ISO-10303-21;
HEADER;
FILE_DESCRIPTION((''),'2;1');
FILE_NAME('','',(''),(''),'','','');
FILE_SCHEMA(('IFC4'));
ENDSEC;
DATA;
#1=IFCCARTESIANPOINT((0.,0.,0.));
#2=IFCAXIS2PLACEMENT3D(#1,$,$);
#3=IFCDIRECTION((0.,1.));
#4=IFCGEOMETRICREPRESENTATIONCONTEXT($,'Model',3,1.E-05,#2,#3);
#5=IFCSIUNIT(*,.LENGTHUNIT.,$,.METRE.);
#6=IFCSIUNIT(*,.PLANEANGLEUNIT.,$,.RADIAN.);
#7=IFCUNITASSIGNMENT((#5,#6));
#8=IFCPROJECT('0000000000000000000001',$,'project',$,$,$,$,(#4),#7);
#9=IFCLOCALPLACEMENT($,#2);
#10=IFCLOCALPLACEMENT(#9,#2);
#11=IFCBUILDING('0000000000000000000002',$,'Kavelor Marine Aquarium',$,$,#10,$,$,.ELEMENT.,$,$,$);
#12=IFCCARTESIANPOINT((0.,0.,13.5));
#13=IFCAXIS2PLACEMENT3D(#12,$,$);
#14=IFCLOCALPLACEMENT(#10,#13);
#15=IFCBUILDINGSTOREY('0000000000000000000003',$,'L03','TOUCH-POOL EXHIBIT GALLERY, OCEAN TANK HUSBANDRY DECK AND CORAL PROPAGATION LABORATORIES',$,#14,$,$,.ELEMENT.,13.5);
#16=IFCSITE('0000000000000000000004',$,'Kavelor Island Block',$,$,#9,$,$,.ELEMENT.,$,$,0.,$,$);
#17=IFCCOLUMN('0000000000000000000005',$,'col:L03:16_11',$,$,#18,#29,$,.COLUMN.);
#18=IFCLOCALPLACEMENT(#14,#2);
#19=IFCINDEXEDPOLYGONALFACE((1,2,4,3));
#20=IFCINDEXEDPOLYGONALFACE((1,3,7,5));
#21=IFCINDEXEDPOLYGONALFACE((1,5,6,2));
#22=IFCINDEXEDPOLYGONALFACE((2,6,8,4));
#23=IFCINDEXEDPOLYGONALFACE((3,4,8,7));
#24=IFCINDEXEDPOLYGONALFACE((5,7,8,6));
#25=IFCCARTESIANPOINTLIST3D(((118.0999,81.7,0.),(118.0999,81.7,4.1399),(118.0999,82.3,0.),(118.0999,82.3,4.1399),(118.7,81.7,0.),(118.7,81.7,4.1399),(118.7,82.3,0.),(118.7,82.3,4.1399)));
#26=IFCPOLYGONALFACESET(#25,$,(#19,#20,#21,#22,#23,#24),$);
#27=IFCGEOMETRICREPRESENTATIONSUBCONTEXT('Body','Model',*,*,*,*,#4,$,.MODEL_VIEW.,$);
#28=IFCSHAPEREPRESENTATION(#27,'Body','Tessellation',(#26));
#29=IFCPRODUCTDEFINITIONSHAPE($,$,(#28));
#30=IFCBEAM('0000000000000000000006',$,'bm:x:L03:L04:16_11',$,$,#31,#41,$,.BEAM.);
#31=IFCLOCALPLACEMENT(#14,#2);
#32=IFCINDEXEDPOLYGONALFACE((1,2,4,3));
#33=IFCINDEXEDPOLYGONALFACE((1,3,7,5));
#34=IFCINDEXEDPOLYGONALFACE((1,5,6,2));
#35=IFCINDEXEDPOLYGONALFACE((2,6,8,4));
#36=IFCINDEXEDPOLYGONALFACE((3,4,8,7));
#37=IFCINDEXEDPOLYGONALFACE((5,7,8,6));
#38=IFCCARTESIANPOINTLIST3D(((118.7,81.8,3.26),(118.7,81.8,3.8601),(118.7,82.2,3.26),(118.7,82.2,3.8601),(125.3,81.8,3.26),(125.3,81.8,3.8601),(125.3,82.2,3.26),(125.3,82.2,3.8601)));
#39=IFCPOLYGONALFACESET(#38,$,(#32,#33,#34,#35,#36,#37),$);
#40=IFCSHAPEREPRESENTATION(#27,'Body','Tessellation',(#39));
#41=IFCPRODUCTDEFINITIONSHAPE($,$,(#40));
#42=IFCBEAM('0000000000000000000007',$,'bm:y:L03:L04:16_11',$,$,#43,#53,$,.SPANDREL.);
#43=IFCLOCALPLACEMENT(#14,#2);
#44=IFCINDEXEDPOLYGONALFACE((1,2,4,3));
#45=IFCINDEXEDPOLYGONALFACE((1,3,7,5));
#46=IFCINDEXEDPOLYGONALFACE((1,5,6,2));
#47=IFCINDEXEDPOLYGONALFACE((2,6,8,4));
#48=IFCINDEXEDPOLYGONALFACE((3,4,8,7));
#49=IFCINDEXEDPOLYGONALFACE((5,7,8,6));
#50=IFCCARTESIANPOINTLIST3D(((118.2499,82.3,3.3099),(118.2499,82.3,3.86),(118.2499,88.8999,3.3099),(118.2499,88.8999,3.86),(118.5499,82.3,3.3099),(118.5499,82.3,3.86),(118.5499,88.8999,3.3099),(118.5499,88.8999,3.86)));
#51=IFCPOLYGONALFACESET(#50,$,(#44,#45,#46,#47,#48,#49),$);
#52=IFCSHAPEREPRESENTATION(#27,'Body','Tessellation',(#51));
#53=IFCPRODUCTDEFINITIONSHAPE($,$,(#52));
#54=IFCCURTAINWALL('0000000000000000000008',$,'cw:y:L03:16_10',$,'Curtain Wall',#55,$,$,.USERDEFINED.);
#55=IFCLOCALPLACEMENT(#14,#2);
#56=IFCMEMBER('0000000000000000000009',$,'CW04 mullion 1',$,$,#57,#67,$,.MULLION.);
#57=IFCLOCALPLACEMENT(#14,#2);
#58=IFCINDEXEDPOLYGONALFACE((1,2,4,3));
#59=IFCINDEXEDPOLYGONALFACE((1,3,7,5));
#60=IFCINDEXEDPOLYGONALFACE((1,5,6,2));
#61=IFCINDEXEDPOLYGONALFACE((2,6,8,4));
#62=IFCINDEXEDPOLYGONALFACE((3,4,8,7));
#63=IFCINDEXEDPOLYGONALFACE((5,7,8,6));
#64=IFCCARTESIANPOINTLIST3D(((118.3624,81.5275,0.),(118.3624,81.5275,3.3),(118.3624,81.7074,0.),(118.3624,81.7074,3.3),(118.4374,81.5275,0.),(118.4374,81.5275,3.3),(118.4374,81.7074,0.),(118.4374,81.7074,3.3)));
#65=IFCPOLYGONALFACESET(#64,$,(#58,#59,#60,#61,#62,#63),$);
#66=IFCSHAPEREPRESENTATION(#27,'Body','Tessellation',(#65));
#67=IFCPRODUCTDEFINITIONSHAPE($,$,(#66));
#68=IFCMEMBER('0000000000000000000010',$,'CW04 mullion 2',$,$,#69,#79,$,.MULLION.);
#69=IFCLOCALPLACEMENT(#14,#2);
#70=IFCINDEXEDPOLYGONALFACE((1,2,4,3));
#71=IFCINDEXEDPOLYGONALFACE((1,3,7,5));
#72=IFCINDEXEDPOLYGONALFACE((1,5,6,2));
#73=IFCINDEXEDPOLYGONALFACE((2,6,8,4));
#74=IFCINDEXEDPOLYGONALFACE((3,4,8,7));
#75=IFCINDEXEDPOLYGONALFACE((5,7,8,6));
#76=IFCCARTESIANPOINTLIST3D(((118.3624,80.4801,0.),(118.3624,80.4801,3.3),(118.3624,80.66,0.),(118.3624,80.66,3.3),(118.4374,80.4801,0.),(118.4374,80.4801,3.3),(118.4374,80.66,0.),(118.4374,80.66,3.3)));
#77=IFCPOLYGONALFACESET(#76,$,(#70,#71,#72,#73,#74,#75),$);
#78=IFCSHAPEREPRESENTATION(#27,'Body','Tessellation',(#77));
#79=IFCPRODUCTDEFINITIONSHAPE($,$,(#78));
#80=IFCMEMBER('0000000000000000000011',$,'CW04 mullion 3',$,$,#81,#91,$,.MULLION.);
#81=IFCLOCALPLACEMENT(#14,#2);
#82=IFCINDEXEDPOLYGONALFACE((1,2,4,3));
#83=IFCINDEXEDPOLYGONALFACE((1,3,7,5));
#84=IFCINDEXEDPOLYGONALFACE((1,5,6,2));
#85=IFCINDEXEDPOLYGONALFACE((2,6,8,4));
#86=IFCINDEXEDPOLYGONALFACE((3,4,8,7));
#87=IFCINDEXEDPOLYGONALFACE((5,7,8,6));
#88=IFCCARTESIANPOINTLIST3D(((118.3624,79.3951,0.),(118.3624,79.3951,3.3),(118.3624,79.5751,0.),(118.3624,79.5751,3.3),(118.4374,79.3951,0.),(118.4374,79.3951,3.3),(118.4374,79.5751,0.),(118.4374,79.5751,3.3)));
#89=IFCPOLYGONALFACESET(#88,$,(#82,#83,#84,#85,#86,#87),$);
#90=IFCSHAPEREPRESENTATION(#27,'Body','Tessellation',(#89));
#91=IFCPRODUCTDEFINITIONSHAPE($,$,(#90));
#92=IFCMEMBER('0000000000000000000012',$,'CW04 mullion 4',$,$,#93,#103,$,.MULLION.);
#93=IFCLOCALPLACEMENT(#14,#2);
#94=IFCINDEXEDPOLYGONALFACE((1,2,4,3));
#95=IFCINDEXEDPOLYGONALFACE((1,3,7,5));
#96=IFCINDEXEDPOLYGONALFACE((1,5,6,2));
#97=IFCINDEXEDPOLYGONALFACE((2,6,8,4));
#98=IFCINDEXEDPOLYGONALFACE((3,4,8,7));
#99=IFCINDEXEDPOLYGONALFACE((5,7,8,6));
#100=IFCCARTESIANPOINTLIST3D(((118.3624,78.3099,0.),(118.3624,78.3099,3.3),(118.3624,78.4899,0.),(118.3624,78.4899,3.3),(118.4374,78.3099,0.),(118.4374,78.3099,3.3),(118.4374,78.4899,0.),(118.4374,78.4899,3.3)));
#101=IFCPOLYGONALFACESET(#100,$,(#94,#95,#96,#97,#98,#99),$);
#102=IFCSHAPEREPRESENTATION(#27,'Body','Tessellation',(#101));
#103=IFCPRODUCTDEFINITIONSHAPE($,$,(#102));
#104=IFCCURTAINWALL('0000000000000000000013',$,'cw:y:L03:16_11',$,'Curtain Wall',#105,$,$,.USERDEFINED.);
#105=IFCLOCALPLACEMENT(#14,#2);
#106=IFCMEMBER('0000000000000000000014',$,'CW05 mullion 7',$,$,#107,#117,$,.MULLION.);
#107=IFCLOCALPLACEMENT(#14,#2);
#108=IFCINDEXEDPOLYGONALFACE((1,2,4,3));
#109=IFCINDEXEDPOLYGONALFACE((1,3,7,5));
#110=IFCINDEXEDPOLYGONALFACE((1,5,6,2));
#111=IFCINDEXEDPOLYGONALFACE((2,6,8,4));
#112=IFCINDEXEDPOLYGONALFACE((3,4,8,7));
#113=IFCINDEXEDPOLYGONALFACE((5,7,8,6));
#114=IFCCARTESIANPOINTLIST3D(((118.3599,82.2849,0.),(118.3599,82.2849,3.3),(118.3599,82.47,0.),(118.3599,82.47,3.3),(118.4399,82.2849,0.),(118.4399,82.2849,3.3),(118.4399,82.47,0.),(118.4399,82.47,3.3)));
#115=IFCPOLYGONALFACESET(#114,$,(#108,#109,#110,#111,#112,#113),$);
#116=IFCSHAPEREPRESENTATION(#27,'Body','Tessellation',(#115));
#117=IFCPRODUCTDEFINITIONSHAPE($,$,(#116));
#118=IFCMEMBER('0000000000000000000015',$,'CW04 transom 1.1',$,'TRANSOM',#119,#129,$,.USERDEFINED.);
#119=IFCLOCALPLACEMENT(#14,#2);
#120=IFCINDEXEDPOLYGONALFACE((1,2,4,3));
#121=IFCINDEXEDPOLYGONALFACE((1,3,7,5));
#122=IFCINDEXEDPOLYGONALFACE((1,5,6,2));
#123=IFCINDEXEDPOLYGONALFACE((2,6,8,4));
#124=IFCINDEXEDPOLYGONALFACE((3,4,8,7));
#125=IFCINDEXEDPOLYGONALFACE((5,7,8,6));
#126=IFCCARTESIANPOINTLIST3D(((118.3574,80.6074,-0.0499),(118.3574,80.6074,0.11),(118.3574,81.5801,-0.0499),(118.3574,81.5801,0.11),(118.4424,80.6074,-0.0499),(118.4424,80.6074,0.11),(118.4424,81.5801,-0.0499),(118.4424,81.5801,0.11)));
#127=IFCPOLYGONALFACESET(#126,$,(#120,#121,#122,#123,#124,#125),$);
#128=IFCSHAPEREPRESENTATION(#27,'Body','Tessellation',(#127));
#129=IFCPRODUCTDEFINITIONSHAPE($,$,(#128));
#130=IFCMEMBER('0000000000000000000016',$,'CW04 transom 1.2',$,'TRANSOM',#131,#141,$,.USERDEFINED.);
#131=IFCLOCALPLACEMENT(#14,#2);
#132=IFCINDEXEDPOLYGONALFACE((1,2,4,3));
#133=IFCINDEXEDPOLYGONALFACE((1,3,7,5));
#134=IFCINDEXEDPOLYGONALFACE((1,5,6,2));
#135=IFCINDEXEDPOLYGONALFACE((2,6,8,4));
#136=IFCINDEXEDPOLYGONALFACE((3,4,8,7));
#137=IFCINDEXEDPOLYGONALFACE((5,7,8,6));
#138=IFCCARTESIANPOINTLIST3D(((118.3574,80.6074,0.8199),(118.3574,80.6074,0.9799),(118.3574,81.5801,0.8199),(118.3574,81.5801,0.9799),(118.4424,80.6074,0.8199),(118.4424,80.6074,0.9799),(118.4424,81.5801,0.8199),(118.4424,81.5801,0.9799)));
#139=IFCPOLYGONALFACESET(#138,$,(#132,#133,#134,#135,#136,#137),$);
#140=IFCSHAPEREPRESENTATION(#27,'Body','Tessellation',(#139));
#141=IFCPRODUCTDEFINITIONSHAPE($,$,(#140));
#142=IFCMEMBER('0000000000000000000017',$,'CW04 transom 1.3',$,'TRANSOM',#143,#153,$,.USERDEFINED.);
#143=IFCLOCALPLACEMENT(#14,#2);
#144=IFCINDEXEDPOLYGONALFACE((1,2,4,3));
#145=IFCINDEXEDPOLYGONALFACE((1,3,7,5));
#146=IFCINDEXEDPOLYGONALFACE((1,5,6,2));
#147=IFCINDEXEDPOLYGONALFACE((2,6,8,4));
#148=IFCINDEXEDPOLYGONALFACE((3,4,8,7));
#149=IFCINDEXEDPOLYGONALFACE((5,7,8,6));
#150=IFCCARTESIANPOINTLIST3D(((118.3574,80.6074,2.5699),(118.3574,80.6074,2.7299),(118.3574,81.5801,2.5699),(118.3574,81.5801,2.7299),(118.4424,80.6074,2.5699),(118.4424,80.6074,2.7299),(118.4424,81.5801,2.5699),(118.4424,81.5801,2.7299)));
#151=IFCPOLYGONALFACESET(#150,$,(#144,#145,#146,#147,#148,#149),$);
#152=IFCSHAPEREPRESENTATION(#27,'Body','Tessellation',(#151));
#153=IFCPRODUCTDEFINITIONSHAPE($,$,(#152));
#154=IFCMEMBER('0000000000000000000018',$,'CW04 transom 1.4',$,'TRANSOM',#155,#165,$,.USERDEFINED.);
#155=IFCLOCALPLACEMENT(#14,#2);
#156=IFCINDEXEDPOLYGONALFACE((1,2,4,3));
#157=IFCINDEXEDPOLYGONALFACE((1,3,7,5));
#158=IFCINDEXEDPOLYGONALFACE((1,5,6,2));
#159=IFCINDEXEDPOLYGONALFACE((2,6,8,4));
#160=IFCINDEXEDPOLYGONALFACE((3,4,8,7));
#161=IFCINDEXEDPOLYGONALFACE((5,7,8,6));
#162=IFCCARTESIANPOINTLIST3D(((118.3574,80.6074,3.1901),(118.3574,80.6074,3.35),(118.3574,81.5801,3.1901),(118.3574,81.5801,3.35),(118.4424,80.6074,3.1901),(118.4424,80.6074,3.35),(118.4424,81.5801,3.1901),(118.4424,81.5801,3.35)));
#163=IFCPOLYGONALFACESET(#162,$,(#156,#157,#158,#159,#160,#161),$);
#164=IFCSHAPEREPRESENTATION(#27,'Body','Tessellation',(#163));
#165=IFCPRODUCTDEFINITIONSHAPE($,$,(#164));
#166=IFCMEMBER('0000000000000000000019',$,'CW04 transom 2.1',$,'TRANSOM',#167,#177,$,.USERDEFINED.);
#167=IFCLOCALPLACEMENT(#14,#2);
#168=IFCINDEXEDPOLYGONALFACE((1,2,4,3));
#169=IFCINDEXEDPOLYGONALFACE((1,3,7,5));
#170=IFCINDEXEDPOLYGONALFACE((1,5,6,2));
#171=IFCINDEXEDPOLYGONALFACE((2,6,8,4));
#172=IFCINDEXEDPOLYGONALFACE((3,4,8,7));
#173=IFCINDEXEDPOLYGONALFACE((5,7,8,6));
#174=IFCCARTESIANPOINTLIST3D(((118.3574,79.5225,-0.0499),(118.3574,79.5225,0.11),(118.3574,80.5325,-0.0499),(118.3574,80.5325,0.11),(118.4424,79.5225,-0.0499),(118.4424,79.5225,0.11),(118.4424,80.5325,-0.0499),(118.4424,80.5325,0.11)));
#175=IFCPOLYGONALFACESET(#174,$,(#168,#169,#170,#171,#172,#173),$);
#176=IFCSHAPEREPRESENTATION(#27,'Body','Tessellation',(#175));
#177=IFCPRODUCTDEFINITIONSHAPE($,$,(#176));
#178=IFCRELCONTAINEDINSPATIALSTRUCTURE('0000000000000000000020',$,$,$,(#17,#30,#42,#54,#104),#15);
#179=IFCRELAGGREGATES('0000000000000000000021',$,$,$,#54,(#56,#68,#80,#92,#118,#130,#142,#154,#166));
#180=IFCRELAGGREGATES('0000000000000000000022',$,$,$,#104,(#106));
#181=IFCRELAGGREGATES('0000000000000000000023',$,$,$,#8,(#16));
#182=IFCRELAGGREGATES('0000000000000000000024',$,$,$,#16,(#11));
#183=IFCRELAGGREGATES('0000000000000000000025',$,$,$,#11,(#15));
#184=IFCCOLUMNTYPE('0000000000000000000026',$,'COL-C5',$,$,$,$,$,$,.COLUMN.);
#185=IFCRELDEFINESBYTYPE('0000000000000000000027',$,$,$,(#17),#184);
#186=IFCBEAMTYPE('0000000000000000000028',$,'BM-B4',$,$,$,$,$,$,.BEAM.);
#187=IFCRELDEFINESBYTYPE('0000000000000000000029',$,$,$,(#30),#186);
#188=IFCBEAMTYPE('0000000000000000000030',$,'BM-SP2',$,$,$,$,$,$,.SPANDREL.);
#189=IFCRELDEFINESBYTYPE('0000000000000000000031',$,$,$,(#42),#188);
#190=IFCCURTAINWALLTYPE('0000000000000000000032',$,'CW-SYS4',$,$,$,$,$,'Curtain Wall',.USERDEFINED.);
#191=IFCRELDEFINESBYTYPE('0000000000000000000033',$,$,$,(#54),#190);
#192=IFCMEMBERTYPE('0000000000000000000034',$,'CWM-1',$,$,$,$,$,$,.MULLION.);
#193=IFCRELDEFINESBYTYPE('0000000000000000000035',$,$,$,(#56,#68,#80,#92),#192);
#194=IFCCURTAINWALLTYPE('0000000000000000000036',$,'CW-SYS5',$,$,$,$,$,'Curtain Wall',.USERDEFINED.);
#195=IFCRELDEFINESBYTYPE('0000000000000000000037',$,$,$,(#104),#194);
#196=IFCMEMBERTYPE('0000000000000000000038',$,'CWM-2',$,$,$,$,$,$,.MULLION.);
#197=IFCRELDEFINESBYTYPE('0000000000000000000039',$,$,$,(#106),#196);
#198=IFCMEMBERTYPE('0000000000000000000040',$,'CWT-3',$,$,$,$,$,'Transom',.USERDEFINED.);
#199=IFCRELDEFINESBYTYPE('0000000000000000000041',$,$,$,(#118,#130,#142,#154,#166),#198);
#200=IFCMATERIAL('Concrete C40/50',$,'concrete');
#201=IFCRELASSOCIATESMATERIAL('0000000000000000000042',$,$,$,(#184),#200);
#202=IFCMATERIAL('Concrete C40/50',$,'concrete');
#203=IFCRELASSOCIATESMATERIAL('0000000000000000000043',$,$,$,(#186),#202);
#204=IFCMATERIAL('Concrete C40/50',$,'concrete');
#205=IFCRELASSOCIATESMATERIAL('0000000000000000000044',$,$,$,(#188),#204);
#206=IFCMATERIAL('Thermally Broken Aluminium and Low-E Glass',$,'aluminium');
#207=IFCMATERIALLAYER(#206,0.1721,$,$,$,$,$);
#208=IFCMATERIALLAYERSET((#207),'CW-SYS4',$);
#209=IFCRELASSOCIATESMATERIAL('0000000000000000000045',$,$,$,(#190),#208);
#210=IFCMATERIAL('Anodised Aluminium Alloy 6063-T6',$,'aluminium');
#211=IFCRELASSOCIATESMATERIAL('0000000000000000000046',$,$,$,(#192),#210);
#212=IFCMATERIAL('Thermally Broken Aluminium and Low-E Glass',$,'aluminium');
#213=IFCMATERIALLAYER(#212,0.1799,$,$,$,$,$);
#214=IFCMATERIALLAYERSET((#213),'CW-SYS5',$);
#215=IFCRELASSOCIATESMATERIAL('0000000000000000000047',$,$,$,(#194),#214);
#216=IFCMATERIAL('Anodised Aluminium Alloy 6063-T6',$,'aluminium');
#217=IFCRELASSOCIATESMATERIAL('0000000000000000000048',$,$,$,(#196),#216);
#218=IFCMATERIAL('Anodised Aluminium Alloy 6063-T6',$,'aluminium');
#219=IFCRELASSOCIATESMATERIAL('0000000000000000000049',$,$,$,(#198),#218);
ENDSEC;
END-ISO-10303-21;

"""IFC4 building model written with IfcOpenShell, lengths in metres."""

from ifc_helpers import new_model, si_unit, direction, frame, origin, origin_2d, place, context, subcontext, project, spatial, rectangle, extrude, material, layer, layer_set, material_profile, profile_set, type_object, element, aggregate, save


model = new_model("IFC4")

# Units and contexts
model_context = context("Model", 3, precision=1e-05, world=origin(), true_north=direction((0.0, 1.0)))
body_context = subcontext(model_context, "Body", "Model", "MODEL_VIEW")
ifc_project = project(units=[si_unit("LENGTHUNIT", "METRE"), si_unit("PLANEANGLEUNIT", "RADIAN")], contexts=[model_context])

# Site, building, storey
site_placement = place(None, origin())
site = spatial("IfcSite", under=ifc_project, at=site_placement, Name="Kavelor Island Block", CompositionType="ELEMENT", RefElevation=0.0)
building_placement = place(site_placement, origin())
building = spatial("IfcBuilding", under=site, at=building_placement, Name="Kavelor Marine Aquarium", CompositionType="ELEMENT")
storey_placement = place(building_placement, frame((0.0, 0.0, 13.5)))
storey = spatial("IfcBuildingStorey", under=building, at=storey_placement, Name="L03", Description="TOUCH-POOL EXHIBIT GALLERY, OCEAN TANK HUSBANDRY DECK AND CORAL PROPAGATION LABORATORIES", CompositionType="ELEMENT", Elevation=13.5)

# Column
ifc_material_1 = material(Name="Concrete C40/50", Category="concrete")
ifc_material_profile_1 = material_profile(ifc_material_1, rectangle(XDim=0.6001, YDim=0.6001, at=origin_2d()), Name="RC-COL 600x600")
ifc_profile_set_1 = profile_set([ifc_material_profile_1], Name="Concrete C40/50")
column_type = type_object("IfcColumnType", Name="COL-C5", PredefinedType="COLUMN", material=ifc_profile_set_1)
column_placement = place(storey_placement, frame((118.3999, 82.0, 0.0), z_axis=(0.0, 0.0, 1.0), x_axis=(1.0, 0.0, 0.0)))
element("IfcColumn", 1, at=column_placement, inside=storey, type_object=column_type, Name="col:L03:16_11", PredefinedType="COLUMN", context=body_context, shape_type="SweptSolid", body=[
    extrude(rectangle(XDim=0.6001, YDim=0.6001, at=origin_2d()), origin(), (0.0, 0.0, 1.0), 4.1399),
])

# Beams
ifc_material_2 = material(Name="Concrete C40/50", Category="concrete")
ifc_material_profile_2 = material_profile(ifc_material_2, rectangle(XDim=0.3999, YDim=0.6001, at=origin_2d()), Name="RC-BM 400x600")
ifc_profile_set_2 = profile_set([ifc_material_profile_2], Name="Concrete C40/50")
beam_type_1 = type_object("IfcBeamType", Name="BM-B4", PredefinedType="BEAM", material=ifc_profile_set_2)
beam_1_placement = place(storey_placement, frame((118.7, 82.0, 3.5601), z_axis=(1.0, 0.0, 0.0), x_axis=(0.0, 1.0, 0.0)))
element("IfcBeam", 2, at=beam_1_placement, inside=storey, type_object=beam_type_1, Name="bm:x:L03:L04:16_11", PredefinedType="BEAM", context=body_context, shape_type="SweptSolid", body=[
    extrude(rectangle(XDim=0.3999, YDim=0.6001, at=origin_2d()), origin(), (0.0, 0.0, 1.0), 6.6001),
])
ifc_material_3 = material(Name="Concrete C40/50", Category="concrete")
ifc_material_profile_3 = material_profile(ifc_material_3, rectangle(XDim=0.3, YDim=0.55, at=origin_2d()), Name="RC-SP 300x550")
ifc_profile_set_3 = profile_set([ifc_material_profile_3], Name="Concrete C40/50")
beam_type_2 = type_object("IfcBeamType", Name="BM-SP2", PredefinedType="SPANDREL", material=ifc_profile_set_3)
beam_2_placement = place(storey_placement, frame((118.3999, 82.3, 3.585), z_axis=(0.0, 1.0, 0.0), x_axis=(-1.0, 0.0, 0.0)))
element("IfcBeam", 3, at=beam_2_placement, inside=storey, type_object=beam_type_2, Name="bm:y:L03:L04:16_11", PredefinedType="SPANDREL", context=body_context, shape_type="SweptSolid", body=[
    extrude(rectangle(XDim=0.3, YDim=0.55, at=origin_2d()), origin(), (0.0, 0.0, 1.0), 6.5999),
])

# Curtain wall, members
ifc_material_4 = material(Name="Thermally Broken Aluminium and Low-E Glass", Category="aluminium")
ifc_layer_1 = layer(ifc_material_4, 0.1721)
ifc_layer_set_1 = layer_set([ifc_layer_1], Name="CW-SYS4")
curtain_wall_type_1 = type_object("IfcCurtainWallType", Name="CW-SYS4", ElementType="Curtain Wall", PredefinedType="USERDEFINED", material=ifc_layer_set_1)
curtain_wall_1_placement = place(storey_placement, origin())
curtain_wall_1 = element("IfcCurtainWall", 4, at=curtain_wall_1_placement, inside=storey, type_object=curtain_wall_type_1, Name="cw:y:L03:16_10", ObjectType="Curtain Wall", PredefinedType="USERDEFINED")
ifc_material_5 = material(Name="Anodised Aluminium Alloy 6063-T6", Category="aluminium")
ifc_material_profile_4 = material_profile(ifc_material_5, rectangle(XDim=0.075, YDim=0.1799, at=origin_2d()), Name="CW-MUL 75x180")
ifc_profile_set_4 = profile_set([ifc_material_profile_4], Name="Anodised Aluminium Alloy 6063-T6")
member_type_1 = type_object("IfcMemberType", Name="CWM-1", PredefinedType="MULLION", material=ifc_profile_set_4)
member_1_placement = place(storey_placement, frame((118.3999, 81.6174, 0.0), z_axis=(0.0, 0.0, 1.0), x_axis=(1.0, 0.0, 0.0)))
member_1 = element("IfcMember", 5, at=member_1_placement, type_object=member_type_1, Name="CW04 mullion 1", PredefinedType="MULLION", context=body_context, shape_type="SweptSolid", body=[
    extrude(rectangle(XDim=0.075, YDim=0.1799, at=origin_2d()), origin(), (0.0, 0.0, 1.0), 3.3),
])
member_2_placement = place(storey_placement, frame((118.3999, 80.5701, 0.0), z_axis=(0.0, 0.0, 1.0), x_axis=(1.0, 0.0, 0.0)))
member_2 = element("IfcMember", 6, at=member_2_placement, type_object=member_type_1, Name="CW04 mullion 2", PredefinedType="MULLION", context=body_context, shape_type="SweptSolid", body=[
    extrude(rectangle(XDim=0.075, YDim=0.1799, at=origin_2d()), origin(), (0.0, 0.0, 1.0), 3.3),
])
member_3_placement = place(storey_placement, frame((118.3999, 79.4851, 0.0), z_axis=(0.0, 0.0, 1.0), x_axis=(1.0, 0.0, 0.0)))
member_3 = element("IfcMember", 7, at=member_3_placement, type_object=member_type_1, Name="CW04 mullion 3", PredefinedType="MULLION", context=body_context, shape_type="SweptSolid", body=[
    extrude(rectangle(XDim=0.075, YDim=0.1799, at=origin_2d()), origin(), (0.0, 0.0, 1.0), 3.3),
])
member_4_placement = place(storey_placement, frame((118.3999, 78.3999, 0.0), z_axis=(0.0, 0.0, 1.0), x_axis=(1.0, 0.0, 0.0)))
member_4 = element("IfcMember", 8, at=member_4_placement, type_object=member_type_1, Name="CW04 mullion 4", PredefinedType="MULLION", context=body_context, shape_type="SweptSolid", body=[
    extrude(rectangle(XDim=0.075, YDim=0.1799, at=origin_2d()), origin(), (0.0, 0.0, 1.0), 3.3),
])

# Curtain wall, member
ifc_material_6 = material(Name="Thermally Broken Aluminium and Low-E Glass", Category="aluminium")
ifc_layer_2 = layer(ifc_material_6, 0.1799)
ifc_layer_set_2 = layer_set([ifc_layer_2], Name="CW-SYS5")
curtain_wall_type_2 = type_object("IfcCurtainWallType", Name="CW-SYS5", ElementType="Curtain Wall", PredefinedType="USERDEFINED", material=ifc_layer_set_2)
curtain_wall_2_placement = place(storey_placement, origin())
curtain_wall_2 = element("IfcCurtainWall", 9, at=curtain_wall_2_placement, inside=storey, type_object=curtain_wall_type_2, Name="cw:y:L03:16_11", ObjectType="Curtain Wall", PredefinedType="USERDEFINED")
ifc_material_7 = material(Name="Anodised Aluminium Alloy 6063-T6", Category="aluminium")
ifc_material_profile_5 = material_profile(ifc_material_7, rectangle(XDim=0.0801, YDim=0.1851, at=origin_2d()), Name="CW-MUL 80x185")
ifc_profile_set_5 = profile_set([ifc_material_profile_5], Name="Anodised Aluminium Alloy 6063-T6")
member_type_2 = type_object("IfcMemberType", Name="CWM-2", PredefinedType="MULLION", material=ifc_profile_set_5)
member_5_placement = place(storey_placement, frame((118.3999, 82.3774, 0.0), z_axis=(0.0, 0.0, 1.0), x_axis=(1.0, 0.0, 0.0)))
member_5 = element("IfcMember", 10, at=member_5_placement, type_object=member_type_2, Name="CW05 mullion 7", PredefinedType="MULLION", context=body_context, shape_type="SweptSolid", body=[
    extrude(rectangle(XDim=0.0801, YDim=0.1851, at=origin_2d()), origin(), (0.0, 0.0, 1.0), 3.3),
])

# Members
ifc_material_8 = material(Name="Anodised Aluminium Alloy 6063-T6", Category="aluminium")
ifc_material_profile_6 = material_profile(ifc_material_8, rectangle(XDim=0.085, YDim=0.1599, at=origin_2d()), Name="CW-TRN 85x160")
ifc_profile_set_6 = profile_set([ifc_material_profile_6], Name="Anodised Aluminium Alloy 6063-T6")
member_type_3 = type_object("IfcMemberType", Name="CWT-3", ElementType="Transom", PredefinedType="USERDEFINED", material=ifc_profile_set_6)
member_6_placement = place(storey_placement, frame((118.3999, 81.5801, 0.03), z_axis=(0.0, -1.0, 0.0), x_axis=(1.0, 0.0, 0.0)))
member_6 = element("IfcMember", 11, at=member_6_placement, type_object=member_type_3, Name="CW04 transom 1.1", ObjectType="TRANSOM", PredefinedType="USERDEFINED", context=body_context, shape_type="SweptSolid", body=[
    extrude(rectangle(XDim=0.085, YDim=0.1599, at=origin_2d()), origin(), (0.0, 0.0, 1.0), 0.9727),
])
member_7_placement = place(storey_placement, frame((118.3999, 81.5801, 0.8999), z_axis=(0.0, -1.0, 0.0), x_axis=(1.0, 0.0, 0.0)))
member_7 = element("IfcMember", 12, at=member_7_placement, type_object=member_type_3, Name="CW04 transom 1.2", ObjectType="TRANSOM", PredefinedType="USERDEFINED", context=body_context, shape_type="SweptSolid", body=[
    extrude(rectangle(XDim=0.085, YDim=0.1599, at=origin_2d()), origin(), (0.0, 0.0, 1.0), 0.9727),
])
member_8_placement = place(storey_placement, frame((118.3999, 81.5801, 2.6499), z_axis=(0.0, -1.0, 0.0), x_axis=(1.0, 0.0, 0.0)))
member_8 = element("IfcMember", 13, at=member_8_placement, type_object=member_type_3, Name="CW04 transom 1.3", ObjectType="TRANSOM", PredefinedType="USERDEFINED", context=body_context, shape_type="SweptSolid", body=[
    extrude(rectangle(XDim=0.085, YDim=0.1599, at=origin_2d()), origin(), (0.0, 0.0, 1.0), 0.9727),
])
member_9_placement = place(storey_placement, frame((118.3999, 81.5801, 3.27), z_axis=(0.0, -1.0, 0.0), x_axis=(1.0, 0.0, 0.0)))
member_9 = element("IfcMember", 14, at=member_9_placement, type_object=member_type_3, Name="CW04 transom 1.4", ObjectType="TRANSOM", PredefinedType="USERDEFINED", context=body_context, shape_type="SweptSolid", body=[
    extrude(rectangle(XDim=0.085, YDim=0.1599, at=origin_2d()), origin(), (0.0, 0.0, 1.0), 0.9727),
])
member_10_placement = place(storey_placement, frame((118.3999, 80.5325, 0.03), z_axis=(0.0, -1.0, 0.0), x_axis=(1.0, 0.0, 0.0)))
member_10 = element("IfcMember", 15, at=member_10_placement, type_object=member_type_3, Name="CW04 transom 2.1", ObjectType="TRANSOM", PredefinedType="USERDEFINED", context=body_context, shape_type="SweptSolid", body=[
    extrude(rectangle(XDim=0.085, YDim=0.1599, at=origin_2d()), origin(), (0.0, 0.0, 1.0), 1.01),
])

aggregate(curtain_wall_1, [member_1, member_2, member_3, member_4, member_6, member_7, member_8, member_9, member_10])
aggregate(curtain_wall_2, [member_5])

save(model, "model.ifc")
